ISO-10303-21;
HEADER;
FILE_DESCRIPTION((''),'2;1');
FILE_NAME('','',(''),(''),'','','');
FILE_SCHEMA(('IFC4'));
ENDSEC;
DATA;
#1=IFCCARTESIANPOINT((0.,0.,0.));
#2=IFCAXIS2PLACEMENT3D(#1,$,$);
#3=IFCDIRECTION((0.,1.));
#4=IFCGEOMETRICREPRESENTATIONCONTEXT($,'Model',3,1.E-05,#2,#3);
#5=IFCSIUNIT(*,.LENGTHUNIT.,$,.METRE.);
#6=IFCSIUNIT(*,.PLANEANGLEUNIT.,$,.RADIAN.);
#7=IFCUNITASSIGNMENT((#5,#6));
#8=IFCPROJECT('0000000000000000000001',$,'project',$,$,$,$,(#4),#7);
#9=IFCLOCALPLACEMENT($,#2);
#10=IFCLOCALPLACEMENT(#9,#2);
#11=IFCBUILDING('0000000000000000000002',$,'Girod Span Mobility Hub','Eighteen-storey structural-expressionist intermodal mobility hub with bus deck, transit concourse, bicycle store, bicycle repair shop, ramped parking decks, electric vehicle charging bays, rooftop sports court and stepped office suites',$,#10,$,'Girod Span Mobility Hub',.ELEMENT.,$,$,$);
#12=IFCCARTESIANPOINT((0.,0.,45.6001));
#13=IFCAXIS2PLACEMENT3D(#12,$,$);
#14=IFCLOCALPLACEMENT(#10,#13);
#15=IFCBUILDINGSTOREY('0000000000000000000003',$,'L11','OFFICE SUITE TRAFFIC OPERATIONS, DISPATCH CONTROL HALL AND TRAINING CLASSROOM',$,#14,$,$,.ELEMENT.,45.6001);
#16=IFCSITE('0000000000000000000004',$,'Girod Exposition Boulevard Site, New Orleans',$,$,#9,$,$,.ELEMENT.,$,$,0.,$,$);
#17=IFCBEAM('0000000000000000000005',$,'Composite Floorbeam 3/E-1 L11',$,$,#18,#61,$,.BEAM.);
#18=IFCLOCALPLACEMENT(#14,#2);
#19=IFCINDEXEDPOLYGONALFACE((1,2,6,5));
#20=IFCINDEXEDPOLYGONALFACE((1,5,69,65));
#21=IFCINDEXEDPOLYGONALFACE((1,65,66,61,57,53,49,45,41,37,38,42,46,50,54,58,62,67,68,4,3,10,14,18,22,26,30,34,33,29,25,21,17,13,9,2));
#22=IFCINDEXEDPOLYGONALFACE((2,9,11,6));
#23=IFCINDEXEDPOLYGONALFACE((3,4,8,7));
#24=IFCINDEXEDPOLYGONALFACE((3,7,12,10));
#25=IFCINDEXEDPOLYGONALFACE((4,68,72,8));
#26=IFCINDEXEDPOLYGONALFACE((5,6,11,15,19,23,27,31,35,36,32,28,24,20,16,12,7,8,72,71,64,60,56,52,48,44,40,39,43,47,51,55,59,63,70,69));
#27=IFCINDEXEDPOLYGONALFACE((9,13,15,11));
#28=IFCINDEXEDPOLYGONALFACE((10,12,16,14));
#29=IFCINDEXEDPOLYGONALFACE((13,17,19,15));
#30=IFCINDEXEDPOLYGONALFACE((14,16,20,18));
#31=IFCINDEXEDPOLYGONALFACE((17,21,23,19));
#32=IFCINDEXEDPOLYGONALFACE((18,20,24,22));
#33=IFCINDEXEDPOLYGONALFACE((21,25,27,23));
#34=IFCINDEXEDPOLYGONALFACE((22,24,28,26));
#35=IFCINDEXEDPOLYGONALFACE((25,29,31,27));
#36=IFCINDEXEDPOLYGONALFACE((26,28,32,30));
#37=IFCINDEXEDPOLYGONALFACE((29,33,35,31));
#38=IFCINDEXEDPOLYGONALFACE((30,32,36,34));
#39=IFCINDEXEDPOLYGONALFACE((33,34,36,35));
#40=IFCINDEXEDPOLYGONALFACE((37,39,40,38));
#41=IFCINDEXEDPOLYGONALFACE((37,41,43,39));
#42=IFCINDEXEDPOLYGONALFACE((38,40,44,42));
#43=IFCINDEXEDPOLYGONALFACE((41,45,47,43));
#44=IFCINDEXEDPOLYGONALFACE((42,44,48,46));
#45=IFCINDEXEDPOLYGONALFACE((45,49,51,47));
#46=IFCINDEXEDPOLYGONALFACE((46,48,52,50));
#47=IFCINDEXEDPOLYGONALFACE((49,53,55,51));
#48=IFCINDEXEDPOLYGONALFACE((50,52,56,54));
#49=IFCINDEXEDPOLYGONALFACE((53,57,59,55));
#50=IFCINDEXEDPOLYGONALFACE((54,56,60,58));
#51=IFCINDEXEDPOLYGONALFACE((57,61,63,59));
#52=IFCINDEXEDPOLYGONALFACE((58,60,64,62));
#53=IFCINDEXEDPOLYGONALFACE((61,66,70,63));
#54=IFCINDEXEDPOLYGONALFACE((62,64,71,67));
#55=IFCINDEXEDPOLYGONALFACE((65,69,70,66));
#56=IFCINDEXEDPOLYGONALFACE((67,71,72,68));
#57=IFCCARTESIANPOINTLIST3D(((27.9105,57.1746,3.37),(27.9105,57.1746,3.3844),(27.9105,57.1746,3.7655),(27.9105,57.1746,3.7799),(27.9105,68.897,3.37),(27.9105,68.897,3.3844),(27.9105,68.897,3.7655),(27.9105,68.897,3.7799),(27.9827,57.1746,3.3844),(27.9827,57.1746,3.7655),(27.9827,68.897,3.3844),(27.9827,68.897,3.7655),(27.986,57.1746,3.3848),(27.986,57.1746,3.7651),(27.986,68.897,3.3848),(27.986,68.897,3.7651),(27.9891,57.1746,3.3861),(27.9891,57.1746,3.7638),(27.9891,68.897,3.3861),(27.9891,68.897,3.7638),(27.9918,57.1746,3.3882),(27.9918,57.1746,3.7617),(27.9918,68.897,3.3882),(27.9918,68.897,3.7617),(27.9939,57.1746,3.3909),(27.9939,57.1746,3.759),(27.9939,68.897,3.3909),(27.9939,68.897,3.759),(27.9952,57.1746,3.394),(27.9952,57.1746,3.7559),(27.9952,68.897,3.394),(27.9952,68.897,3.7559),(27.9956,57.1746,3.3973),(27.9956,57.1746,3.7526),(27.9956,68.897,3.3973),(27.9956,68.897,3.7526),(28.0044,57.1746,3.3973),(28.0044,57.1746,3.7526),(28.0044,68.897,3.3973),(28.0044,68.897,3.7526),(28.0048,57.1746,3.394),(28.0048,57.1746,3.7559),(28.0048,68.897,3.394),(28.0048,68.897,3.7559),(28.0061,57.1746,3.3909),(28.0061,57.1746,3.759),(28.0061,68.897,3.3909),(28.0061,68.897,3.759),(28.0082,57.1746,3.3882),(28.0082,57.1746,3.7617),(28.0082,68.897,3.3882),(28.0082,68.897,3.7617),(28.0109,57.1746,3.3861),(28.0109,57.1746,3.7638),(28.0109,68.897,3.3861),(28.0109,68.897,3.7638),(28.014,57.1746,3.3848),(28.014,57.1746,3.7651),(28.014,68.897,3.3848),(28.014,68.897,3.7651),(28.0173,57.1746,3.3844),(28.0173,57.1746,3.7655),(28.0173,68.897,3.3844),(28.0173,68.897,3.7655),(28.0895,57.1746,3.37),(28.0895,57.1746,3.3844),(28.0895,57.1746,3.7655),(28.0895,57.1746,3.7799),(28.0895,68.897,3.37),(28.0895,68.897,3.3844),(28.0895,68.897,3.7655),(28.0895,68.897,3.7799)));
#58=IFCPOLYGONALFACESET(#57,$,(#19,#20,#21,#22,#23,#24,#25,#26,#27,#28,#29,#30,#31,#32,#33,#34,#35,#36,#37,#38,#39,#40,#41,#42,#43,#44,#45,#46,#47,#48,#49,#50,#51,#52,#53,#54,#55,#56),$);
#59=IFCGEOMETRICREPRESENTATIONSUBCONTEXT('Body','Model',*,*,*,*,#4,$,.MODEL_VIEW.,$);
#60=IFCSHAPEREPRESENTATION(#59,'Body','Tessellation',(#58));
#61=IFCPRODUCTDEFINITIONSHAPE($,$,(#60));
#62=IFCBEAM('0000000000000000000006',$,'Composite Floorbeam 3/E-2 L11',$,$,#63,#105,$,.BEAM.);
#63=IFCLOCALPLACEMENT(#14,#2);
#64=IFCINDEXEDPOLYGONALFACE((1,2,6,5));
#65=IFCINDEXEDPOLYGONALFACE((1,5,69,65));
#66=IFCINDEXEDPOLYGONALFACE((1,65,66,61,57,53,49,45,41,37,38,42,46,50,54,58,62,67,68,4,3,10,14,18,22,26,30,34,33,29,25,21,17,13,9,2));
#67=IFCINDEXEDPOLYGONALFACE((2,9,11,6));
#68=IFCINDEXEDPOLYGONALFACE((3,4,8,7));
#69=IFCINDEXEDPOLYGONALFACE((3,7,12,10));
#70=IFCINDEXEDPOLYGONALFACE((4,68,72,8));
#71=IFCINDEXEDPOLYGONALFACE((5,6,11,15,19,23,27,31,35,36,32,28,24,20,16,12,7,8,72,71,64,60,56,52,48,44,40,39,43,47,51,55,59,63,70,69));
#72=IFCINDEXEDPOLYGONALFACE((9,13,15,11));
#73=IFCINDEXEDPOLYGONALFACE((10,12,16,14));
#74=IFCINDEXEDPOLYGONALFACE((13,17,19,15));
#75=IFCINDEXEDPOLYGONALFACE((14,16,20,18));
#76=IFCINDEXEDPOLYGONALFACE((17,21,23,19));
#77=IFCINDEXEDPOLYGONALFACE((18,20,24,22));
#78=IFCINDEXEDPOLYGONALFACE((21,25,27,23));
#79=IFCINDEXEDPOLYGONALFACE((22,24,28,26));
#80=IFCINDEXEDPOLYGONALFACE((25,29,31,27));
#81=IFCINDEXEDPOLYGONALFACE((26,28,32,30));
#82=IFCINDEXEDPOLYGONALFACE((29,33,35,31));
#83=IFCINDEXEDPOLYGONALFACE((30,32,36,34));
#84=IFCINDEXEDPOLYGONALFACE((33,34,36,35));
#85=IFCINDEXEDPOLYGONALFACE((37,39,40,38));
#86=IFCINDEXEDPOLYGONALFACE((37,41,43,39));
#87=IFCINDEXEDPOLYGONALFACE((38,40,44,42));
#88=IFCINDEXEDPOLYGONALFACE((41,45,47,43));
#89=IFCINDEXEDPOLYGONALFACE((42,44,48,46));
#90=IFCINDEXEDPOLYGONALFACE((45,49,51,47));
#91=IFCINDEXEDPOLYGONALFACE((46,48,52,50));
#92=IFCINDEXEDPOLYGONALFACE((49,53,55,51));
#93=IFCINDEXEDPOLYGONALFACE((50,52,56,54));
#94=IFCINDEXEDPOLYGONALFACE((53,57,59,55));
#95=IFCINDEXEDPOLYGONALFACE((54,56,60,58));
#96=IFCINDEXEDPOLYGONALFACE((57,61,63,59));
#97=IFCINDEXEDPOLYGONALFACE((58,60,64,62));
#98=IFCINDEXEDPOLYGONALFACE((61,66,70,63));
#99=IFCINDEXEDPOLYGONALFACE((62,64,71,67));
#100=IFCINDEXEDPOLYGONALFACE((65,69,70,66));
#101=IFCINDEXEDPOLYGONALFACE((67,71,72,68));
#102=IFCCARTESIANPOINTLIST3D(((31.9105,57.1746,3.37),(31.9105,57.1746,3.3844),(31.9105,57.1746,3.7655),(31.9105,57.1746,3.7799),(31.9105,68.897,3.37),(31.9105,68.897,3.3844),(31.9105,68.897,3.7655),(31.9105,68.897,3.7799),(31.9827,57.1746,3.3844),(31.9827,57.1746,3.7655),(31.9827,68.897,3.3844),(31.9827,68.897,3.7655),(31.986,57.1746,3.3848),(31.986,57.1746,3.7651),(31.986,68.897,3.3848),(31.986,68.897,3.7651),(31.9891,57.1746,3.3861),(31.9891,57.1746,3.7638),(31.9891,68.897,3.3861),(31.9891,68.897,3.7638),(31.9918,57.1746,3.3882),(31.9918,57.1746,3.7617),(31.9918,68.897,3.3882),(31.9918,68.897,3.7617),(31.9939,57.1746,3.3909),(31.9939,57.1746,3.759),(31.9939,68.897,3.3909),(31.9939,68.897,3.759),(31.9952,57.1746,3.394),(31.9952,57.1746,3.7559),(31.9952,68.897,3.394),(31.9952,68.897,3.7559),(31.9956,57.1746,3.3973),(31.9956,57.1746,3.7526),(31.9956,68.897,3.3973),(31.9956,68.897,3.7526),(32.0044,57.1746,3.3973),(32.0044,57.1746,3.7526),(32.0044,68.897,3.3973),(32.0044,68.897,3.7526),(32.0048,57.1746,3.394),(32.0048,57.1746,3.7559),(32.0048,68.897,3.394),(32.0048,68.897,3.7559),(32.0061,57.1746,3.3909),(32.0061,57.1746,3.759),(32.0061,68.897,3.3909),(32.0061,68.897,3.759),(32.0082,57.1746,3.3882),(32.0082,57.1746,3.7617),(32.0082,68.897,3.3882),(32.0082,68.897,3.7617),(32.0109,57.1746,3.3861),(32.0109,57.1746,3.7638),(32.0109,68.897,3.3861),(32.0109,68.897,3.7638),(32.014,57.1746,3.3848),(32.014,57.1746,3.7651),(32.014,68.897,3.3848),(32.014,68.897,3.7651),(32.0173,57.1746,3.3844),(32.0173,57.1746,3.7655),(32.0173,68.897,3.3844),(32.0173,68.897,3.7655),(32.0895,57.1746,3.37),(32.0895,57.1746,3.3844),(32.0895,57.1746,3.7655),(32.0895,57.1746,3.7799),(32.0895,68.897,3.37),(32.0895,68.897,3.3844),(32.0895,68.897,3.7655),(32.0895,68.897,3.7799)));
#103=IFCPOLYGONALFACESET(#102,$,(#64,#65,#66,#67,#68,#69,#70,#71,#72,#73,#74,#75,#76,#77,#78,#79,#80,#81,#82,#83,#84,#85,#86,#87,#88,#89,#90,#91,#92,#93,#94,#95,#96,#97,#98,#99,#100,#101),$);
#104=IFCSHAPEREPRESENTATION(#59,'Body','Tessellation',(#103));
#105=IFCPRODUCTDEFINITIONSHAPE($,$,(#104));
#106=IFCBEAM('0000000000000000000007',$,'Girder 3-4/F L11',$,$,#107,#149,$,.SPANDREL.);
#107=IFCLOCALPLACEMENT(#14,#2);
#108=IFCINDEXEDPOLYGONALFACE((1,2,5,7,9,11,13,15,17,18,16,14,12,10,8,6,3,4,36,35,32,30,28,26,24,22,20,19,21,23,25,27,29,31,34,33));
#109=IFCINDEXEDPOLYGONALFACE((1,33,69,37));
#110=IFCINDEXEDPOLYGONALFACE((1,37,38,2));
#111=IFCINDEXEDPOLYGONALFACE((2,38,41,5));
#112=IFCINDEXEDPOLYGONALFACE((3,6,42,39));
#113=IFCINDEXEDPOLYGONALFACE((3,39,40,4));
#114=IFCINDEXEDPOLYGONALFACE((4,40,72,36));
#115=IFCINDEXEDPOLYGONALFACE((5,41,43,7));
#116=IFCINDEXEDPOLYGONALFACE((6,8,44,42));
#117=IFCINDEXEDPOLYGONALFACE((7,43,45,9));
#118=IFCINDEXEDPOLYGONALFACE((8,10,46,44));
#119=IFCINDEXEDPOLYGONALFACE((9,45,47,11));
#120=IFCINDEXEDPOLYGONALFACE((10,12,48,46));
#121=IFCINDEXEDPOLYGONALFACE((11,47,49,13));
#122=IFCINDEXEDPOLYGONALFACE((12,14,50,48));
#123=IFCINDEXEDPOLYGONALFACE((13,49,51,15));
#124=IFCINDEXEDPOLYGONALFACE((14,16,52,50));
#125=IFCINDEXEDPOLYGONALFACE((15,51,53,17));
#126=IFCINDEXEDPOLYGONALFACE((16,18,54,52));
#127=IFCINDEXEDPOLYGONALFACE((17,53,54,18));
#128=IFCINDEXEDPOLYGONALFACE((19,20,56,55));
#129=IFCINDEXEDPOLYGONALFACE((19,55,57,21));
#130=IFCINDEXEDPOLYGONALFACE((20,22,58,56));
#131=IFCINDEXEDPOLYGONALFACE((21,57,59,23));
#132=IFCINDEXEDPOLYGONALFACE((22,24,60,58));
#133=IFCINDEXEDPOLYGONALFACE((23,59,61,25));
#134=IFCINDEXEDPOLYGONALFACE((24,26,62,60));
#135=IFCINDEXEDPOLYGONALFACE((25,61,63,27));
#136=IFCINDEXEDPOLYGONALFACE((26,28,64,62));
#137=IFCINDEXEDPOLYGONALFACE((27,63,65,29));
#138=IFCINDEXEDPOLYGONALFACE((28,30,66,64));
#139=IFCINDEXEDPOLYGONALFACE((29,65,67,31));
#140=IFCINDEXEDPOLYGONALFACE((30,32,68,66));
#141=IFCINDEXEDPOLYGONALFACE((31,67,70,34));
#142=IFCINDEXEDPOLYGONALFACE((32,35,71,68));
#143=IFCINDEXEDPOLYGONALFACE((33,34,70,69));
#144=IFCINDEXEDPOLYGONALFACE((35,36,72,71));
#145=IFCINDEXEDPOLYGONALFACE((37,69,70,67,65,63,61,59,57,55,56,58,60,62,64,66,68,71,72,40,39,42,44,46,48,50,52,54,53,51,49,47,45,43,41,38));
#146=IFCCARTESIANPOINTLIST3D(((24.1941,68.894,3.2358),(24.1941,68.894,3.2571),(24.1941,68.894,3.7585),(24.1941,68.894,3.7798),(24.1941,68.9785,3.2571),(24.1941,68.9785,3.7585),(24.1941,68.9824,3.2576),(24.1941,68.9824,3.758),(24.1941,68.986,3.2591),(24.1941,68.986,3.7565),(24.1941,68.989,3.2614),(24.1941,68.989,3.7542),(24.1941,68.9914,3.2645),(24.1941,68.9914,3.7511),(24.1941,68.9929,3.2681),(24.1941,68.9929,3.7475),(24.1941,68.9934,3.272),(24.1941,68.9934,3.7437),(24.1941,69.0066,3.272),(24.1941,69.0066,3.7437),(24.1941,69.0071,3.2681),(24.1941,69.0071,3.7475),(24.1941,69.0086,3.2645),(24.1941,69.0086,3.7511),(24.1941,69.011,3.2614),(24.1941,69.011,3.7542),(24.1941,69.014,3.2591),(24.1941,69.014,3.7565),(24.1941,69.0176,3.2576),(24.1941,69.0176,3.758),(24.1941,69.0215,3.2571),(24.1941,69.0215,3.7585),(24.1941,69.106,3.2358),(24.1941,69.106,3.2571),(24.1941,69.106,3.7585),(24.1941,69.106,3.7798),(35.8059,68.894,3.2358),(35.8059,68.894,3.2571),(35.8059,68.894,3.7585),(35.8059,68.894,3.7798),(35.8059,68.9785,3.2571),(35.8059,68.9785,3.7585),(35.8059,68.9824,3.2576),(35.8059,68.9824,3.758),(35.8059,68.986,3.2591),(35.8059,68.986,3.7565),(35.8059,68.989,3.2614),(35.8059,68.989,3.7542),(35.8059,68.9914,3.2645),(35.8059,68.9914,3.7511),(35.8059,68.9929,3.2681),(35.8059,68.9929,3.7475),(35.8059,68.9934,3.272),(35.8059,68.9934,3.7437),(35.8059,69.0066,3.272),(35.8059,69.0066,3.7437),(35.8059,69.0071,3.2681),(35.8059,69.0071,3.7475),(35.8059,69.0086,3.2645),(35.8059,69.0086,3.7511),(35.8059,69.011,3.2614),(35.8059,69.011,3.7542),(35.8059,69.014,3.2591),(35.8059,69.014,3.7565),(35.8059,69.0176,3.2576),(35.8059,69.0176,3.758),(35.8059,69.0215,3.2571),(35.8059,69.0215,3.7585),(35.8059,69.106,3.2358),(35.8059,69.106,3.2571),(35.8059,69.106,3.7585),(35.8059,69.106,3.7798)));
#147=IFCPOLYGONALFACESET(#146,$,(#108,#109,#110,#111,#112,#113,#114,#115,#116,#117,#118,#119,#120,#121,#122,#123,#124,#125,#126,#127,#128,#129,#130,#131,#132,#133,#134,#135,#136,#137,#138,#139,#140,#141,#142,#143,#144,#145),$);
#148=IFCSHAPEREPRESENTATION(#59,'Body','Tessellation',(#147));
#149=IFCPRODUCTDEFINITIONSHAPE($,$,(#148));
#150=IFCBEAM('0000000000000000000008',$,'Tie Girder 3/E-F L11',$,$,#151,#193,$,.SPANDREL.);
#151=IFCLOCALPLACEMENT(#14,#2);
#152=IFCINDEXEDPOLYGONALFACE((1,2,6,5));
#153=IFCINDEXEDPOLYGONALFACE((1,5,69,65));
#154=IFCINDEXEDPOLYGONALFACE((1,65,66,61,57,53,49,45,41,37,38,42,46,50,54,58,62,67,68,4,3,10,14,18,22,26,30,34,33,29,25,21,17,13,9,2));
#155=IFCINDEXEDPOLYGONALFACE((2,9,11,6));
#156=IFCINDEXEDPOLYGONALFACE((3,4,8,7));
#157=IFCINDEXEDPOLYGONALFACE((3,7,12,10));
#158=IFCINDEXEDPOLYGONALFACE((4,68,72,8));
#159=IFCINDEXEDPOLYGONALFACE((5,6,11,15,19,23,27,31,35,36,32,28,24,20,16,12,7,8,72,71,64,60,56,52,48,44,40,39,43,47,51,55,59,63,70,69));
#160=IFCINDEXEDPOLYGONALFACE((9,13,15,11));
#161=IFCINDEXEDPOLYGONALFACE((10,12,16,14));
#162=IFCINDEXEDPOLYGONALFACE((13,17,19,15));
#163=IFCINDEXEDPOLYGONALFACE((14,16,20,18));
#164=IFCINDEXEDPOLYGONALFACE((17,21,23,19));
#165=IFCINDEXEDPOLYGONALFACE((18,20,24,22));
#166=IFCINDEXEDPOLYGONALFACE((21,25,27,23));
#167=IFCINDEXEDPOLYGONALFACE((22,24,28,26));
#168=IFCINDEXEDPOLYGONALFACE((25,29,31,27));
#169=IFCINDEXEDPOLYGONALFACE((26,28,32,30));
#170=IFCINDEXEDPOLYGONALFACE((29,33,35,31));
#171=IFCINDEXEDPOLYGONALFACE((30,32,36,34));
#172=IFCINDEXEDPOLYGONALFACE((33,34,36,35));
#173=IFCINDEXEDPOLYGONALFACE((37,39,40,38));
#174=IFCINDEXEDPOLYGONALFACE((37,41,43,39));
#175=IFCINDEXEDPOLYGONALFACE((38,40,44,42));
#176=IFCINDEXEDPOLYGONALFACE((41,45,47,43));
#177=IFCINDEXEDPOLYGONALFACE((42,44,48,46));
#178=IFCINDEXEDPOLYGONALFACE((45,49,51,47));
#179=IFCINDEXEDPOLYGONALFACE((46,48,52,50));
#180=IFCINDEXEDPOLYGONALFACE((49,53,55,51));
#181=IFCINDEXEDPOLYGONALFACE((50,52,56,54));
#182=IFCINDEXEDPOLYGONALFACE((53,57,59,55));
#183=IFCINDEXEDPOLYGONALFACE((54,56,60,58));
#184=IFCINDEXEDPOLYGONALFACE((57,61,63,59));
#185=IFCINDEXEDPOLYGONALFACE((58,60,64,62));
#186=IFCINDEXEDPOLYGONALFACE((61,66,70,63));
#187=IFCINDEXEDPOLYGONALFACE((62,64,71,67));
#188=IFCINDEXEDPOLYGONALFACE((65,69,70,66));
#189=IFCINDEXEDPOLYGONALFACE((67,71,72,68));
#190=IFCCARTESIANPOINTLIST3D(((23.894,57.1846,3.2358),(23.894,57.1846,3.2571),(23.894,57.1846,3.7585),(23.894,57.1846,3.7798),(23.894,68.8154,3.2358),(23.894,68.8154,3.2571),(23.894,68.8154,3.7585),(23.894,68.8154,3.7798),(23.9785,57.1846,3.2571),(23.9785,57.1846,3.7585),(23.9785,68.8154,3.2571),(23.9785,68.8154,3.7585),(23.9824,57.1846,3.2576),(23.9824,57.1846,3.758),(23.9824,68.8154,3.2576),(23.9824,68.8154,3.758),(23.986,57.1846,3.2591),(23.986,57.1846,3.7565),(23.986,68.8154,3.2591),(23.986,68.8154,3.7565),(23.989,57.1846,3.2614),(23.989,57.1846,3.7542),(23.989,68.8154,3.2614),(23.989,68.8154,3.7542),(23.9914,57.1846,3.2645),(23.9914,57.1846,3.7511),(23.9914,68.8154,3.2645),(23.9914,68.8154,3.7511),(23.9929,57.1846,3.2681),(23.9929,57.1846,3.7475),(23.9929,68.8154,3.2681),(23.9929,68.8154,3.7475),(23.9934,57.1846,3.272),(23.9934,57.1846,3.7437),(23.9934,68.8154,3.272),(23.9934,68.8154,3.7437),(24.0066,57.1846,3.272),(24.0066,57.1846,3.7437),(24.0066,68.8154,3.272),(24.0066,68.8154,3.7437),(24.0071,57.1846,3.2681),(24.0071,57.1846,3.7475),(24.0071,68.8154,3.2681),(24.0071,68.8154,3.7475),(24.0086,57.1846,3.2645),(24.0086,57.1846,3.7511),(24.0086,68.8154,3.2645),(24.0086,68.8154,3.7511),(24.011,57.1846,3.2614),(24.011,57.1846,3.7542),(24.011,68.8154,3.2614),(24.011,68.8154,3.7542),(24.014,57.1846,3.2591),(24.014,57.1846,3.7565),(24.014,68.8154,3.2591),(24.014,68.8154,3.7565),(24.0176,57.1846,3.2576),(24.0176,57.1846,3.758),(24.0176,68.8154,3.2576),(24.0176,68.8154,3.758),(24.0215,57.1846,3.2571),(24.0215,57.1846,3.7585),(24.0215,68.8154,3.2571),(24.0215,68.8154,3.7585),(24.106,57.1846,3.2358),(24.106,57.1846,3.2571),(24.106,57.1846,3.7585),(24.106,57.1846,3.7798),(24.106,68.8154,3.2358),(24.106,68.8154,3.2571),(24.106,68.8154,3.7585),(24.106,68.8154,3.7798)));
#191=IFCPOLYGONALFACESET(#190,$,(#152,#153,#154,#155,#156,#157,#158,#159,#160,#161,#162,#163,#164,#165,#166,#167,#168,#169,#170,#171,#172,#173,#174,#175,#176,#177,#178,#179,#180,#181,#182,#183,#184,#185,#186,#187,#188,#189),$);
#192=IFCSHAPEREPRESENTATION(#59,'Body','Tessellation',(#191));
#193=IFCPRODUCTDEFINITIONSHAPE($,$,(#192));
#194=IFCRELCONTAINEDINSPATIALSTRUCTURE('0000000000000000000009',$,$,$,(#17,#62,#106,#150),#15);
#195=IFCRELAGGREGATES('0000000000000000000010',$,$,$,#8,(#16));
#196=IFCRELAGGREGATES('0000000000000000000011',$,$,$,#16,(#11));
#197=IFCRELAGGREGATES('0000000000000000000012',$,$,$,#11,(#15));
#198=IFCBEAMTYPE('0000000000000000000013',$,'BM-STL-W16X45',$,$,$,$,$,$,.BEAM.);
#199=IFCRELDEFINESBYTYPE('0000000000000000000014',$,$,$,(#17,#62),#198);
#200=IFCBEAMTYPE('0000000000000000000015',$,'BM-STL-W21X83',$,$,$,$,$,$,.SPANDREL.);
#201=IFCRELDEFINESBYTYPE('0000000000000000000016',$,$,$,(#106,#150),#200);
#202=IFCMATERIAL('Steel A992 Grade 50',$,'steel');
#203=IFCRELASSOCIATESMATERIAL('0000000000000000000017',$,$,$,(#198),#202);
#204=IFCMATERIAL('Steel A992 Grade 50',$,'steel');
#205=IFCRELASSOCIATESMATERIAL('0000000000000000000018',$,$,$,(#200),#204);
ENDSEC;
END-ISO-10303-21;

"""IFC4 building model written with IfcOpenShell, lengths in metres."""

from ifc_helpers import new_model, si_unit, direction, frame, origin, origin_2d, place, context, subcontext, project, spatial, i_section, extrude, material, material_profile, profile_set, type_object, element, save


model = new_model("IFC4")

# Units and contexts
model_context = context("Model", 3, precision=1e-05, world=origin(), true_north=direction((0.0, 1.0)))
body_context = subcontext(model_context, "Body", "Model", "MODEL_VIEW")
ifc_project = project(units=[si_unit("LENGTHUNIT", "METRE"), si_unit("PLANEANGLEUNIT", "RADIAN")], contexts=[model_context])

# Site, building, storey
site_placement = place(None, origin())
site = spatial("IfcSite", under=ifc_project, at=site_placement, Name="Girod Exposition Boulevard Site, New Orleans", CompositionType="ELEMENT", RefElevation=0.0)
building_placement = place(site_placement, origin())
building = spatial("IfcBuilding", under=site, at=building_placement, Name="Girod Span Mobility Hub", Description="Eighteen-storey structural-expressionist intermodal mobility hub with bus deck, transit concourse, bicycle store, bicycle repair shop, ramped parking decks, electric vehicle charging bays, rooftop sports court and stepped office suites", LongName="Girod Span Mobility Hub", CompositionType="ELEMENT")
storey_placement = place(building_placement, frame((0.0, 0.0, 45.6001)))
storey = spatial("IfcBuildingStorey", under=building, at=storey_placement, Name="L11", Description="OFFICE SUITE TRAFFIC OPERATIONS, DISPATCH CONTROL HALL AND TRAINING CLASSROOM", CompositionType="ELEMENT", Elevation=45.6001)

# Beams
ifc_material_1 = material(Name="Steel A992 Grade 50", Category="steel")
ifc_material_profile_1 = material_profile(ifc_material_1, i_section(OverallWidth=0.179, OverallDepth=0.4099, WebThickness=0.0088, FlangeThickness=0.0144, FilletRadius=0.0129, at=origin_2d()), Name="W16X45")
ifc_profile_set_1 = profile_set([ifc_material_profile_1], Name="Steel A992 Grade 50")
beam_type_1 = type_object("IfcBeamType", Name="BM-STL-W16X45", PredefinedType="BEAM", material=ifc_profile_set_1)
for number, where, z_axis, x_axis, name in (
    (1, (28.0, 57.1746, 3.575), (0.0, 1.0, 0.0), (-1.0, 0.0, 0.0), "Composite Floorbeam 3/E-1 L11"),
    (2, (32.0, 57.1746, 3.575), (0.0, 1.0, 0.0), (-1.0, 0.0, 0.0), "Composite Floorbeam 3/E-2 L11"),
):
    element("IfcBeam", number, at=place(storey_placement, frame(where, z_axis=z_axis, x_axis=x_axis)), inside=storey, type_object=beam_type_1, Name=name, PredefinedType="BEAM", context=body_context, shape_type="SweptSolid", body=[
        extrude(i_section(OverallWidth=0.179, OverallDepth=0.4099, WebThickness=0.0088, FlangeThickness=0.0144, FilletRadius=0.0129, at=origin_2d()), origin(), (0.0, 0.0, 1.0), 11.7224),
    ])
ifc_material_2 = material(Name="Steel A992 Grade 50", Category="steel")
ifc_material_profile_2 = material_profile(ifc_material_2, i_section(OverallWidth=0.2119, OverallDepth=0.5439, WebThickness=0.0132, FlangeThickness=0.0212, FilletRadius=0.0149, at=origin_2d()), Name="W21X83")
ifc_profile_set_2 = profile_set([ifc_material_profile_2], Name="Steel A992 Grade 50")
beam_type_2 = type_object("IfcBeamType", Name="BM-STL-W21X83", PredefinedType="SPANDREL", material=ifc_profile_set_2)
beam_1_placement = place(storey_placement, frame((24.1941, 69.0, 3.5078), z_axis=(1.0, 0.0, 0.0), x_axis=(0.0, 1.0, 0.0)))
element("IfcBeam", 3, at=beam_1_placement, inside=storey, type_object=beam_type_2, Name="Girder 3-4/F L11", PredefinedType="SPANDREL", context=body_context, shape_type="SweptSolid", body=[
    extrude(i_section(OverallWidth=0.2119, OverallDepth=0.5439, WebThickness=0.0132, FlangeThickness=0.0212, FilletRadius=0.0149, at=origin_2d()), origin(), (0.0, 0.0, 1.0), 11.6118),
])
beam_2_placement = place(storey_placement, frame((24.0, 57.1846, 3.5078), z_axis=(0.0, 1.0, 0.0), x_axis=(-1.0, 0.0, 0.0)))
element("IfcBeam", 4, at=beam_2_placement, inside=storey, type_object=beam_type_2, Name="Tie Girder 3/E-F L11", PredefinedType="SPANDREL", context=body_context, shape_type="SweptSolid", body=[
    extrude(i_section(OverallWidth=0.2119, OverallDepth=0.5439, WebThickness=0.0132, FlangeThickness=0.0212, FilletRadius=0.0149, at=origin_2d()), origin(), (0.0, 0.0, 1.0), 11.6309),
])

save(model, "model.ifc")
